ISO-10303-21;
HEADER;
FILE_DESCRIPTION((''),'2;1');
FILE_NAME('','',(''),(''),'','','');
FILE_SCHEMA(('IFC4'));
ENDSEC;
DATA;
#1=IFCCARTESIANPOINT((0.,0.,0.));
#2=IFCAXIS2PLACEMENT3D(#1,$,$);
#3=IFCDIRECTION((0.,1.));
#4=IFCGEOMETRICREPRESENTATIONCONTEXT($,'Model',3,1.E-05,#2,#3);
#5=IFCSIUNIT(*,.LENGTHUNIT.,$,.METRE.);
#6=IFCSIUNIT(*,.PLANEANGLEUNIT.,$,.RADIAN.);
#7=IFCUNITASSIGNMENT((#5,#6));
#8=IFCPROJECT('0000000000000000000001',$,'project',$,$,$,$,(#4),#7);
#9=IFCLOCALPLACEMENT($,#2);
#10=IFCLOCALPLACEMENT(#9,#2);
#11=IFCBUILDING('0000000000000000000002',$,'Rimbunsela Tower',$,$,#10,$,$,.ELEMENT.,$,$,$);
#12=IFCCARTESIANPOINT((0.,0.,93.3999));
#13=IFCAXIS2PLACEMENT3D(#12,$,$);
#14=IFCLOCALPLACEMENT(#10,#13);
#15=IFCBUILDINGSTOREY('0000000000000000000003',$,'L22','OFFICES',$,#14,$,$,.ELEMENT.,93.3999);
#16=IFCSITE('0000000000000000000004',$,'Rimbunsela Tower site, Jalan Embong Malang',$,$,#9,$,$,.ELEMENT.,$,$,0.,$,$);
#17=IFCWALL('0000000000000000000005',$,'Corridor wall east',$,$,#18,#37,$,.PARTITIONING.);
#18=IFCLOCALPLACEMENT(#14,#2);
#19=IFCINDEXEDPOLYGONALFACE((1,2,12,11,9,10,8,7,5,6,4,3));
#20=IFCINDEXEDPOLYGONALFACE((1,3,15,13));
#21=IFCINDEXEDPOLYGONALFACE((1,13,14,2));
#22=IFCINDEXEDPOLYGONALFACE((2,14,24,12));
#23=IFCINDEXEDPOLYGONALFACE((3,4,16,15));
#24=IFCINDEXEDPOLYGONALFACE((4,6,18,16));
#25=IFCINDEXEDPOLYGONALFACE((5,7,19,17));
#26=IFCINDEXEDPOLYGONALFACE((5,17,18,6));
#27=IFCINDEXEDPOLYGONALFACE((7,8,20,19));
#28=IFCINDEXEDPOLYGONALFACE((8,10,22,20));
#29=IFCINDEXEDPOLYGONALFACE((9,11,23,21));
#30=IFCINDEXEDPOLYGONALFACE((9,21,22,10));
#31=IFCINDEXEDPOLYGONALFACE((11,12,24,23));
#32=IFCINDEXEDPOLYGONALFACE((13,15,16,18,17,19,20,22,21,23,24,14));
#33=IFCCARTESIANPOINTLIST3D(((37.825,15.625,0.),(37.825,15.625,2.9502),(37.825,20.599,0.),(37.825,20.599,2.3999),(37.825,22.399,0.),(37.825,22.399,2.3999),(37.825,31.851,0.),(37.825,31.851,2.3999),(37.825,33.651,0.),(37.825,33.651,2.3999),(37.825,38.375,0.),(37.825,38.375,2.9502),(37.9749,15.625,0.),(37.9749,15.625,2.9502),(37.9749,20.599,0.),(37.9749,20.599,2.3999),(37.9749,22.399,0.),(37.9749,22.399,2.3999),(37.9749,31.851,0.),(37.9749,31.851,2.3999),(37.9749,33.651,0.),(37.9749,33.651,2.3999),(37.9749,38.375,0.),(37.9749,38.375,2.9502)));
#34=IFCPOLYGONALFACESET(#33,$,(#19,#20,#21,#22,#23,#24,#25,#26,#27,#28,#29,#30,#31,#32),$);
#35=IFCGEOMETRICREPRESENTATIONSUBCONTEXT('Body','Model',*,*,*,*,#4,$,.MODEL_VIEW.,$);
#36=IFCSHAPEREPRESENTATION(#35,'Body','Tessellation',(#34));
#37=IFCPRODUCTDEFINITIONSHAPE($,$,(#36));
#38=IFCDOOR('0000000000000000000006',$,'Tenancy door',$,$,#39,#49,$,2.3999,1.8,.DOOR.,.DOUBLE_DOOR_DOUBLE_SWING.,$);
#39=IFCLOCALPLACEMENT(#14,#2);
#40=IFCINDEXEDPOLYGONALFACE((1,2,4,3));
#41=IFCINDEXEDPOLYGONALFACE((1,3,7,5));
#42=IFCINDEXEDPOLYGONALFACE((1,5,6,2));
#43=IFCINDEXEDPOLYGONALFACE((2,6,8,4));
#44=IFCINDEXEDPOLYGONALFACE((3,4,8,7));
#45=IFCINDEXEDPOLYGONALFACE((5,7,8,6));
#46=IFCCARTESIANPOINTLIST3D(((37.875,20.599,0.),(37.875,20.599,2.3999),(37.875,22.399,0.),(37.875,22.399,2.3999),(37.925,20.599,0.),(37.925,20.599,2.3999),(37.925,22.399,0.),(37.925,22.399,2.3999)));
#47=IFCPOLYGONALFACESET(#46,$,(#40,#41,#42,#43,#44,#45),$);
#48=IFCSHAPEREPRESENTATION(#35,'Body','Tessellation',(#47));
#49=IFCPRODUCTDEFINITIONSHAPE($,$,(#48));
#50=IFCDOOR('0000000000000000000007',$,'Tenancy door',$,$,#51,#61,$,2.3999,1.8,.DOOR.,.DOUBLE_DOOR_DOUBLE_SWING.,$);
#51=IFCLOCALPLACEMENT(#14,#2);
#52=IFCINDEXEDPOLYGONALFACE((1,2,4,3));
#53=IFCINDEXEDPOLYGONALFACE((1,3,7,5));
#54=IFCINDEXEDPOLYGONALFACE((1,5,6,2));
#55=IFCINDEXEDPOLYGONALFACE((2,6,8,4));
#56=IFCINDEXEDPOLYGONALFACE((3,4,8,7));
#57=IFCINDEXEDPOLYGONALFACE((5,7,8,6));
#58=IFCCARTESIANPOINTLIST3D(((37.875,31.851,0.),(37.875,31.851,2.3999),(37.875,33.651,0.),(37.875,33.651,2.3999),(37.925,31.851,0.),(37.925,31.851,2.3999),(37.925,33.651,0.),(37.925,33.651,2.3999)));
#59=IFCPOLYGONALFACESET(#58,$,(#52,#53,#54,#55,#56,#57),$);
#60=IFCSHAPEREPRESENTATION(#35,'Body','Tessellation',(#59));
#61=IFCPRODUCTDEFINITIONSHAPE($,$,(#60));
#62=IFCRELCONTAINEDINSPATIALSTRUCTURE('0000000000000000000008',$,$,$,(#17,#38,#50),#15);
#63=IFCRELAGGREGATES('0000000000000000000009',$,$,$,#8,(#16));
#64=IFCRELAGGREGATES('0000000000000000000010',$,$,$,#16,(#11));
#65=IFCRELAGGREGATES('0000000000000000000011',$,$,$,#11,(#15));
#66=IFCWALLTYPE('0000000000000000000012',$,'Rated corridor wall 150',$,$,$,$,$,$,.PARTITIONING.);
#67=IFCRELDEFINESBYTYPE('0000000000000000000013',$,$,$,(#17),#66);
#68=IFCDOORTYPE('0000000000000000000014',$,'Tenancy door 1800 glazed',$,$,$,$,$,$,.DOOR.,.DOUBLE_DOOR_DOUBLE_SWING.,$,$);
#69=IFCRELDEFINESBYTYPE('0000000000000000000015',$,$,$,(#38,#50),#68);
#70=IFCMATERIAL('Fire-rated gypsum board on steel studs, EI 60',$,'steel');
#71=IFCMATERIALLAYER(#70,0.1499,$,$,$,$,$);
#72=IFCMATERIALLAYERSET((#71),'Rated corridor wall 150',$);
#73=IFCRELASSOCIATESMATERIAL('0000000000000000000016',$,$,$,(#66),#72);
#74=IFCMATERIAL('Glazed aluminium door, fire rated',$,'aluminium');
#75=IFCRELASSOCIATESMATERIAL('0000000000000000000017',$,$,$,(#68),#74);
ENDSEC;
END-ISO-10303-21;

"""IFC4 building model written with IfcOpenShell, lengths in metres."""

from ifc_helpers import new_model, si_unit, direction, frame, frame_2d, origin, place, context, subcontext, project, spatial, rectangle, extrude, material, layer, layer_set, type_object, element, fill, save


model = new_model("IFC4")

# Units and contexts
model_context = context("Model", 3, precision=1e-05, world=origin(), true_north=direction((0.0, 1.0)))
body_context = subcontext(model_context, "Body", "Model", "MODEL_VIEW")
ifc_project = project(units=[si_unit("LENGTHUNIT", "METRE"), si_unit("PLANEANGLEUNIT", "RADIAN")], contexts=[model_context])

# Site, building, storey
site_placement = place(None, origin())
site = spatial("IfcSite", under=ifc_project, at=site_placement, Name="Rimbunsela Tower site, Jalan Embong Malang", CompositionType="ELEMENT", RefElevation=0.0)
building_placement = place(site_placement, origin())
building = spatial("IfcBuilding", under=site, at=building_placement, Name="Rimbunsela Tower", CompositionType="ELEMENT")
storey_placement = place(building_placement, frame((0.0, 0.0, 93.3999)))
storey = spatial("IfcBuildingStorey", under=building, at=storey_placement, Name="L22", Description="OFFICES", CompositionType="ELEMENT", Elevation=93.3999)

# Wall, openings, doors
ifc_material_1 = material(Name="Fire-rated gypsum board on steel studs, EI 60", Category="steel")
ifc_layer_1 = layer(ifc_material_1, 0.1499)
ifc_layer_set_1 = layer_set([ifc_layer_1], Name="Rated corridor wall 150")
wall_type_1 = type_object("IfcWallType", Name="Rated corridor wall 150", PredefinedType="PARTITIONING", material=ifc_layer_set_1)
wall_1_placement = place(storey_placement, frame((37.8999, 15.625, 0.0), z_axis=(0.0, 0.0, 1.0), x_axis=(0.0, 1.0, 0.0)))
wall_1 = element("IfcWall", 1, at=wall_1_placement, inside=storey, type_object=wall_type_1, Name="Corridor wall east", PredefinedType="PARTITIONING", context=body_context, shape_type="SweptSolid", body=[
    extrude(rectangle(XDim=22.75, YDim=0.1499, at=frame_2d((11.375, 0.0))), origin(), (0.0, 0.0, 1.0), 2.9502),
])
opening_1_placement = place(wall_1_placement, frame((4.9741, 0.0, 0.0)))
opening_1 = element("IfcOpeningElement", 2, at=opening_1_placement, cuts=wall_1, PredefinedType="OPENING", context=body_context, shape_type="SweptSolid", body=[
    extrude(rectangle(XDim=1.8, YDim=2.3999, at=frame_2d((0.8999, 1.2))), frame((0.0, 0.085, 0.0), z_axis=(0.0, -1.0, 0.0), x_axis=(1.0, 0.0, 0.0)), (0.0, 0.0, 1.0), 0.1699),
])
opening_2_placement = place(wall_1_placement, frame((16.2261, 0.0, 0.0)))
opening_2 = element("IfcOpeningElement", 3, at=opening_2_placement, cuts=wall_1, PredefinedType="OPENING", context=body_context, shape_type="SweptSolid", body=[
    extrude(rectangle(XDim=1.8, YDim=2.3999, at=frame_2d((0.8999, 1.2))), frame((0.0, 0.085, 0.0), z_axis=(0.0, -1.0, 0.0), x_axis=(1.0, 0.0, 0.0)), (0.0, 0.0, 1.0), 0.1699),
])
ifc_material_2 = material(Name="Glazed aluminium door, fire rated", Category="aluminium")
door_type_1 = type_object("IfcDoorType", Name="Tenancy door 1800 glazed", OperationType="DOUBLE_DOOR_DOUBLE_SWING", PredefinedType="DOOR", material=ifc_material_2)
door_1_placement = place(opening_1_placement, origin())
door_1 = element("IfcDoor", 4, at=door_1_placement, inside=storey, type_object=door_type_1, Name="Tenancy door", OperationType="DOUBLE_DOOR_DOUBLE_SWING", OverallHeight=2.3999, OverallWidth=1.8, PredefinedType="DOOR", context=body_context, shape_type="SweptSolid", body=[
    extrude(rectangle(XDim=1.8, YDim=2.3999, at=frame_2d((0.8999, 1.2))), frame((0.0, 0.0249, 0.0), z_axis=(0.0, -1.0, 0.0), x_axis=(1.0, 0.0, 0.0)), (0.0, 0.0, 1.0), 0.05),
])
fill(opening_1, door_1)
door_2_placement = place(opening_2_placement, origin())
door_2 = element("IfcDoor", 5, at=door_2_placement, inside=storey, type_object=door_type_1, Name="Tenancy door", OperationType="DOUBLE_DOOR_DOUBLE_SWING", OverallHeight=2.3999, OverallWidth=1.8, PredefinedType="DOOR", context=body_context, shape_type="SweptSolid", body=[
    extrude(rectangle(XDim=1.8, YDim=2.3999, at=frame_2d((0.8999, 1.2))), frame((0.0, 0.0249, 0.0), z_axis=(0.0, -1.0, 0.0), x_axis=(1.0, 0.0, 0.0)), (0.0, 0.0, 1.0), 0.05),
])
fill(opening_2, door_2)

save(model, "model.ifc")
